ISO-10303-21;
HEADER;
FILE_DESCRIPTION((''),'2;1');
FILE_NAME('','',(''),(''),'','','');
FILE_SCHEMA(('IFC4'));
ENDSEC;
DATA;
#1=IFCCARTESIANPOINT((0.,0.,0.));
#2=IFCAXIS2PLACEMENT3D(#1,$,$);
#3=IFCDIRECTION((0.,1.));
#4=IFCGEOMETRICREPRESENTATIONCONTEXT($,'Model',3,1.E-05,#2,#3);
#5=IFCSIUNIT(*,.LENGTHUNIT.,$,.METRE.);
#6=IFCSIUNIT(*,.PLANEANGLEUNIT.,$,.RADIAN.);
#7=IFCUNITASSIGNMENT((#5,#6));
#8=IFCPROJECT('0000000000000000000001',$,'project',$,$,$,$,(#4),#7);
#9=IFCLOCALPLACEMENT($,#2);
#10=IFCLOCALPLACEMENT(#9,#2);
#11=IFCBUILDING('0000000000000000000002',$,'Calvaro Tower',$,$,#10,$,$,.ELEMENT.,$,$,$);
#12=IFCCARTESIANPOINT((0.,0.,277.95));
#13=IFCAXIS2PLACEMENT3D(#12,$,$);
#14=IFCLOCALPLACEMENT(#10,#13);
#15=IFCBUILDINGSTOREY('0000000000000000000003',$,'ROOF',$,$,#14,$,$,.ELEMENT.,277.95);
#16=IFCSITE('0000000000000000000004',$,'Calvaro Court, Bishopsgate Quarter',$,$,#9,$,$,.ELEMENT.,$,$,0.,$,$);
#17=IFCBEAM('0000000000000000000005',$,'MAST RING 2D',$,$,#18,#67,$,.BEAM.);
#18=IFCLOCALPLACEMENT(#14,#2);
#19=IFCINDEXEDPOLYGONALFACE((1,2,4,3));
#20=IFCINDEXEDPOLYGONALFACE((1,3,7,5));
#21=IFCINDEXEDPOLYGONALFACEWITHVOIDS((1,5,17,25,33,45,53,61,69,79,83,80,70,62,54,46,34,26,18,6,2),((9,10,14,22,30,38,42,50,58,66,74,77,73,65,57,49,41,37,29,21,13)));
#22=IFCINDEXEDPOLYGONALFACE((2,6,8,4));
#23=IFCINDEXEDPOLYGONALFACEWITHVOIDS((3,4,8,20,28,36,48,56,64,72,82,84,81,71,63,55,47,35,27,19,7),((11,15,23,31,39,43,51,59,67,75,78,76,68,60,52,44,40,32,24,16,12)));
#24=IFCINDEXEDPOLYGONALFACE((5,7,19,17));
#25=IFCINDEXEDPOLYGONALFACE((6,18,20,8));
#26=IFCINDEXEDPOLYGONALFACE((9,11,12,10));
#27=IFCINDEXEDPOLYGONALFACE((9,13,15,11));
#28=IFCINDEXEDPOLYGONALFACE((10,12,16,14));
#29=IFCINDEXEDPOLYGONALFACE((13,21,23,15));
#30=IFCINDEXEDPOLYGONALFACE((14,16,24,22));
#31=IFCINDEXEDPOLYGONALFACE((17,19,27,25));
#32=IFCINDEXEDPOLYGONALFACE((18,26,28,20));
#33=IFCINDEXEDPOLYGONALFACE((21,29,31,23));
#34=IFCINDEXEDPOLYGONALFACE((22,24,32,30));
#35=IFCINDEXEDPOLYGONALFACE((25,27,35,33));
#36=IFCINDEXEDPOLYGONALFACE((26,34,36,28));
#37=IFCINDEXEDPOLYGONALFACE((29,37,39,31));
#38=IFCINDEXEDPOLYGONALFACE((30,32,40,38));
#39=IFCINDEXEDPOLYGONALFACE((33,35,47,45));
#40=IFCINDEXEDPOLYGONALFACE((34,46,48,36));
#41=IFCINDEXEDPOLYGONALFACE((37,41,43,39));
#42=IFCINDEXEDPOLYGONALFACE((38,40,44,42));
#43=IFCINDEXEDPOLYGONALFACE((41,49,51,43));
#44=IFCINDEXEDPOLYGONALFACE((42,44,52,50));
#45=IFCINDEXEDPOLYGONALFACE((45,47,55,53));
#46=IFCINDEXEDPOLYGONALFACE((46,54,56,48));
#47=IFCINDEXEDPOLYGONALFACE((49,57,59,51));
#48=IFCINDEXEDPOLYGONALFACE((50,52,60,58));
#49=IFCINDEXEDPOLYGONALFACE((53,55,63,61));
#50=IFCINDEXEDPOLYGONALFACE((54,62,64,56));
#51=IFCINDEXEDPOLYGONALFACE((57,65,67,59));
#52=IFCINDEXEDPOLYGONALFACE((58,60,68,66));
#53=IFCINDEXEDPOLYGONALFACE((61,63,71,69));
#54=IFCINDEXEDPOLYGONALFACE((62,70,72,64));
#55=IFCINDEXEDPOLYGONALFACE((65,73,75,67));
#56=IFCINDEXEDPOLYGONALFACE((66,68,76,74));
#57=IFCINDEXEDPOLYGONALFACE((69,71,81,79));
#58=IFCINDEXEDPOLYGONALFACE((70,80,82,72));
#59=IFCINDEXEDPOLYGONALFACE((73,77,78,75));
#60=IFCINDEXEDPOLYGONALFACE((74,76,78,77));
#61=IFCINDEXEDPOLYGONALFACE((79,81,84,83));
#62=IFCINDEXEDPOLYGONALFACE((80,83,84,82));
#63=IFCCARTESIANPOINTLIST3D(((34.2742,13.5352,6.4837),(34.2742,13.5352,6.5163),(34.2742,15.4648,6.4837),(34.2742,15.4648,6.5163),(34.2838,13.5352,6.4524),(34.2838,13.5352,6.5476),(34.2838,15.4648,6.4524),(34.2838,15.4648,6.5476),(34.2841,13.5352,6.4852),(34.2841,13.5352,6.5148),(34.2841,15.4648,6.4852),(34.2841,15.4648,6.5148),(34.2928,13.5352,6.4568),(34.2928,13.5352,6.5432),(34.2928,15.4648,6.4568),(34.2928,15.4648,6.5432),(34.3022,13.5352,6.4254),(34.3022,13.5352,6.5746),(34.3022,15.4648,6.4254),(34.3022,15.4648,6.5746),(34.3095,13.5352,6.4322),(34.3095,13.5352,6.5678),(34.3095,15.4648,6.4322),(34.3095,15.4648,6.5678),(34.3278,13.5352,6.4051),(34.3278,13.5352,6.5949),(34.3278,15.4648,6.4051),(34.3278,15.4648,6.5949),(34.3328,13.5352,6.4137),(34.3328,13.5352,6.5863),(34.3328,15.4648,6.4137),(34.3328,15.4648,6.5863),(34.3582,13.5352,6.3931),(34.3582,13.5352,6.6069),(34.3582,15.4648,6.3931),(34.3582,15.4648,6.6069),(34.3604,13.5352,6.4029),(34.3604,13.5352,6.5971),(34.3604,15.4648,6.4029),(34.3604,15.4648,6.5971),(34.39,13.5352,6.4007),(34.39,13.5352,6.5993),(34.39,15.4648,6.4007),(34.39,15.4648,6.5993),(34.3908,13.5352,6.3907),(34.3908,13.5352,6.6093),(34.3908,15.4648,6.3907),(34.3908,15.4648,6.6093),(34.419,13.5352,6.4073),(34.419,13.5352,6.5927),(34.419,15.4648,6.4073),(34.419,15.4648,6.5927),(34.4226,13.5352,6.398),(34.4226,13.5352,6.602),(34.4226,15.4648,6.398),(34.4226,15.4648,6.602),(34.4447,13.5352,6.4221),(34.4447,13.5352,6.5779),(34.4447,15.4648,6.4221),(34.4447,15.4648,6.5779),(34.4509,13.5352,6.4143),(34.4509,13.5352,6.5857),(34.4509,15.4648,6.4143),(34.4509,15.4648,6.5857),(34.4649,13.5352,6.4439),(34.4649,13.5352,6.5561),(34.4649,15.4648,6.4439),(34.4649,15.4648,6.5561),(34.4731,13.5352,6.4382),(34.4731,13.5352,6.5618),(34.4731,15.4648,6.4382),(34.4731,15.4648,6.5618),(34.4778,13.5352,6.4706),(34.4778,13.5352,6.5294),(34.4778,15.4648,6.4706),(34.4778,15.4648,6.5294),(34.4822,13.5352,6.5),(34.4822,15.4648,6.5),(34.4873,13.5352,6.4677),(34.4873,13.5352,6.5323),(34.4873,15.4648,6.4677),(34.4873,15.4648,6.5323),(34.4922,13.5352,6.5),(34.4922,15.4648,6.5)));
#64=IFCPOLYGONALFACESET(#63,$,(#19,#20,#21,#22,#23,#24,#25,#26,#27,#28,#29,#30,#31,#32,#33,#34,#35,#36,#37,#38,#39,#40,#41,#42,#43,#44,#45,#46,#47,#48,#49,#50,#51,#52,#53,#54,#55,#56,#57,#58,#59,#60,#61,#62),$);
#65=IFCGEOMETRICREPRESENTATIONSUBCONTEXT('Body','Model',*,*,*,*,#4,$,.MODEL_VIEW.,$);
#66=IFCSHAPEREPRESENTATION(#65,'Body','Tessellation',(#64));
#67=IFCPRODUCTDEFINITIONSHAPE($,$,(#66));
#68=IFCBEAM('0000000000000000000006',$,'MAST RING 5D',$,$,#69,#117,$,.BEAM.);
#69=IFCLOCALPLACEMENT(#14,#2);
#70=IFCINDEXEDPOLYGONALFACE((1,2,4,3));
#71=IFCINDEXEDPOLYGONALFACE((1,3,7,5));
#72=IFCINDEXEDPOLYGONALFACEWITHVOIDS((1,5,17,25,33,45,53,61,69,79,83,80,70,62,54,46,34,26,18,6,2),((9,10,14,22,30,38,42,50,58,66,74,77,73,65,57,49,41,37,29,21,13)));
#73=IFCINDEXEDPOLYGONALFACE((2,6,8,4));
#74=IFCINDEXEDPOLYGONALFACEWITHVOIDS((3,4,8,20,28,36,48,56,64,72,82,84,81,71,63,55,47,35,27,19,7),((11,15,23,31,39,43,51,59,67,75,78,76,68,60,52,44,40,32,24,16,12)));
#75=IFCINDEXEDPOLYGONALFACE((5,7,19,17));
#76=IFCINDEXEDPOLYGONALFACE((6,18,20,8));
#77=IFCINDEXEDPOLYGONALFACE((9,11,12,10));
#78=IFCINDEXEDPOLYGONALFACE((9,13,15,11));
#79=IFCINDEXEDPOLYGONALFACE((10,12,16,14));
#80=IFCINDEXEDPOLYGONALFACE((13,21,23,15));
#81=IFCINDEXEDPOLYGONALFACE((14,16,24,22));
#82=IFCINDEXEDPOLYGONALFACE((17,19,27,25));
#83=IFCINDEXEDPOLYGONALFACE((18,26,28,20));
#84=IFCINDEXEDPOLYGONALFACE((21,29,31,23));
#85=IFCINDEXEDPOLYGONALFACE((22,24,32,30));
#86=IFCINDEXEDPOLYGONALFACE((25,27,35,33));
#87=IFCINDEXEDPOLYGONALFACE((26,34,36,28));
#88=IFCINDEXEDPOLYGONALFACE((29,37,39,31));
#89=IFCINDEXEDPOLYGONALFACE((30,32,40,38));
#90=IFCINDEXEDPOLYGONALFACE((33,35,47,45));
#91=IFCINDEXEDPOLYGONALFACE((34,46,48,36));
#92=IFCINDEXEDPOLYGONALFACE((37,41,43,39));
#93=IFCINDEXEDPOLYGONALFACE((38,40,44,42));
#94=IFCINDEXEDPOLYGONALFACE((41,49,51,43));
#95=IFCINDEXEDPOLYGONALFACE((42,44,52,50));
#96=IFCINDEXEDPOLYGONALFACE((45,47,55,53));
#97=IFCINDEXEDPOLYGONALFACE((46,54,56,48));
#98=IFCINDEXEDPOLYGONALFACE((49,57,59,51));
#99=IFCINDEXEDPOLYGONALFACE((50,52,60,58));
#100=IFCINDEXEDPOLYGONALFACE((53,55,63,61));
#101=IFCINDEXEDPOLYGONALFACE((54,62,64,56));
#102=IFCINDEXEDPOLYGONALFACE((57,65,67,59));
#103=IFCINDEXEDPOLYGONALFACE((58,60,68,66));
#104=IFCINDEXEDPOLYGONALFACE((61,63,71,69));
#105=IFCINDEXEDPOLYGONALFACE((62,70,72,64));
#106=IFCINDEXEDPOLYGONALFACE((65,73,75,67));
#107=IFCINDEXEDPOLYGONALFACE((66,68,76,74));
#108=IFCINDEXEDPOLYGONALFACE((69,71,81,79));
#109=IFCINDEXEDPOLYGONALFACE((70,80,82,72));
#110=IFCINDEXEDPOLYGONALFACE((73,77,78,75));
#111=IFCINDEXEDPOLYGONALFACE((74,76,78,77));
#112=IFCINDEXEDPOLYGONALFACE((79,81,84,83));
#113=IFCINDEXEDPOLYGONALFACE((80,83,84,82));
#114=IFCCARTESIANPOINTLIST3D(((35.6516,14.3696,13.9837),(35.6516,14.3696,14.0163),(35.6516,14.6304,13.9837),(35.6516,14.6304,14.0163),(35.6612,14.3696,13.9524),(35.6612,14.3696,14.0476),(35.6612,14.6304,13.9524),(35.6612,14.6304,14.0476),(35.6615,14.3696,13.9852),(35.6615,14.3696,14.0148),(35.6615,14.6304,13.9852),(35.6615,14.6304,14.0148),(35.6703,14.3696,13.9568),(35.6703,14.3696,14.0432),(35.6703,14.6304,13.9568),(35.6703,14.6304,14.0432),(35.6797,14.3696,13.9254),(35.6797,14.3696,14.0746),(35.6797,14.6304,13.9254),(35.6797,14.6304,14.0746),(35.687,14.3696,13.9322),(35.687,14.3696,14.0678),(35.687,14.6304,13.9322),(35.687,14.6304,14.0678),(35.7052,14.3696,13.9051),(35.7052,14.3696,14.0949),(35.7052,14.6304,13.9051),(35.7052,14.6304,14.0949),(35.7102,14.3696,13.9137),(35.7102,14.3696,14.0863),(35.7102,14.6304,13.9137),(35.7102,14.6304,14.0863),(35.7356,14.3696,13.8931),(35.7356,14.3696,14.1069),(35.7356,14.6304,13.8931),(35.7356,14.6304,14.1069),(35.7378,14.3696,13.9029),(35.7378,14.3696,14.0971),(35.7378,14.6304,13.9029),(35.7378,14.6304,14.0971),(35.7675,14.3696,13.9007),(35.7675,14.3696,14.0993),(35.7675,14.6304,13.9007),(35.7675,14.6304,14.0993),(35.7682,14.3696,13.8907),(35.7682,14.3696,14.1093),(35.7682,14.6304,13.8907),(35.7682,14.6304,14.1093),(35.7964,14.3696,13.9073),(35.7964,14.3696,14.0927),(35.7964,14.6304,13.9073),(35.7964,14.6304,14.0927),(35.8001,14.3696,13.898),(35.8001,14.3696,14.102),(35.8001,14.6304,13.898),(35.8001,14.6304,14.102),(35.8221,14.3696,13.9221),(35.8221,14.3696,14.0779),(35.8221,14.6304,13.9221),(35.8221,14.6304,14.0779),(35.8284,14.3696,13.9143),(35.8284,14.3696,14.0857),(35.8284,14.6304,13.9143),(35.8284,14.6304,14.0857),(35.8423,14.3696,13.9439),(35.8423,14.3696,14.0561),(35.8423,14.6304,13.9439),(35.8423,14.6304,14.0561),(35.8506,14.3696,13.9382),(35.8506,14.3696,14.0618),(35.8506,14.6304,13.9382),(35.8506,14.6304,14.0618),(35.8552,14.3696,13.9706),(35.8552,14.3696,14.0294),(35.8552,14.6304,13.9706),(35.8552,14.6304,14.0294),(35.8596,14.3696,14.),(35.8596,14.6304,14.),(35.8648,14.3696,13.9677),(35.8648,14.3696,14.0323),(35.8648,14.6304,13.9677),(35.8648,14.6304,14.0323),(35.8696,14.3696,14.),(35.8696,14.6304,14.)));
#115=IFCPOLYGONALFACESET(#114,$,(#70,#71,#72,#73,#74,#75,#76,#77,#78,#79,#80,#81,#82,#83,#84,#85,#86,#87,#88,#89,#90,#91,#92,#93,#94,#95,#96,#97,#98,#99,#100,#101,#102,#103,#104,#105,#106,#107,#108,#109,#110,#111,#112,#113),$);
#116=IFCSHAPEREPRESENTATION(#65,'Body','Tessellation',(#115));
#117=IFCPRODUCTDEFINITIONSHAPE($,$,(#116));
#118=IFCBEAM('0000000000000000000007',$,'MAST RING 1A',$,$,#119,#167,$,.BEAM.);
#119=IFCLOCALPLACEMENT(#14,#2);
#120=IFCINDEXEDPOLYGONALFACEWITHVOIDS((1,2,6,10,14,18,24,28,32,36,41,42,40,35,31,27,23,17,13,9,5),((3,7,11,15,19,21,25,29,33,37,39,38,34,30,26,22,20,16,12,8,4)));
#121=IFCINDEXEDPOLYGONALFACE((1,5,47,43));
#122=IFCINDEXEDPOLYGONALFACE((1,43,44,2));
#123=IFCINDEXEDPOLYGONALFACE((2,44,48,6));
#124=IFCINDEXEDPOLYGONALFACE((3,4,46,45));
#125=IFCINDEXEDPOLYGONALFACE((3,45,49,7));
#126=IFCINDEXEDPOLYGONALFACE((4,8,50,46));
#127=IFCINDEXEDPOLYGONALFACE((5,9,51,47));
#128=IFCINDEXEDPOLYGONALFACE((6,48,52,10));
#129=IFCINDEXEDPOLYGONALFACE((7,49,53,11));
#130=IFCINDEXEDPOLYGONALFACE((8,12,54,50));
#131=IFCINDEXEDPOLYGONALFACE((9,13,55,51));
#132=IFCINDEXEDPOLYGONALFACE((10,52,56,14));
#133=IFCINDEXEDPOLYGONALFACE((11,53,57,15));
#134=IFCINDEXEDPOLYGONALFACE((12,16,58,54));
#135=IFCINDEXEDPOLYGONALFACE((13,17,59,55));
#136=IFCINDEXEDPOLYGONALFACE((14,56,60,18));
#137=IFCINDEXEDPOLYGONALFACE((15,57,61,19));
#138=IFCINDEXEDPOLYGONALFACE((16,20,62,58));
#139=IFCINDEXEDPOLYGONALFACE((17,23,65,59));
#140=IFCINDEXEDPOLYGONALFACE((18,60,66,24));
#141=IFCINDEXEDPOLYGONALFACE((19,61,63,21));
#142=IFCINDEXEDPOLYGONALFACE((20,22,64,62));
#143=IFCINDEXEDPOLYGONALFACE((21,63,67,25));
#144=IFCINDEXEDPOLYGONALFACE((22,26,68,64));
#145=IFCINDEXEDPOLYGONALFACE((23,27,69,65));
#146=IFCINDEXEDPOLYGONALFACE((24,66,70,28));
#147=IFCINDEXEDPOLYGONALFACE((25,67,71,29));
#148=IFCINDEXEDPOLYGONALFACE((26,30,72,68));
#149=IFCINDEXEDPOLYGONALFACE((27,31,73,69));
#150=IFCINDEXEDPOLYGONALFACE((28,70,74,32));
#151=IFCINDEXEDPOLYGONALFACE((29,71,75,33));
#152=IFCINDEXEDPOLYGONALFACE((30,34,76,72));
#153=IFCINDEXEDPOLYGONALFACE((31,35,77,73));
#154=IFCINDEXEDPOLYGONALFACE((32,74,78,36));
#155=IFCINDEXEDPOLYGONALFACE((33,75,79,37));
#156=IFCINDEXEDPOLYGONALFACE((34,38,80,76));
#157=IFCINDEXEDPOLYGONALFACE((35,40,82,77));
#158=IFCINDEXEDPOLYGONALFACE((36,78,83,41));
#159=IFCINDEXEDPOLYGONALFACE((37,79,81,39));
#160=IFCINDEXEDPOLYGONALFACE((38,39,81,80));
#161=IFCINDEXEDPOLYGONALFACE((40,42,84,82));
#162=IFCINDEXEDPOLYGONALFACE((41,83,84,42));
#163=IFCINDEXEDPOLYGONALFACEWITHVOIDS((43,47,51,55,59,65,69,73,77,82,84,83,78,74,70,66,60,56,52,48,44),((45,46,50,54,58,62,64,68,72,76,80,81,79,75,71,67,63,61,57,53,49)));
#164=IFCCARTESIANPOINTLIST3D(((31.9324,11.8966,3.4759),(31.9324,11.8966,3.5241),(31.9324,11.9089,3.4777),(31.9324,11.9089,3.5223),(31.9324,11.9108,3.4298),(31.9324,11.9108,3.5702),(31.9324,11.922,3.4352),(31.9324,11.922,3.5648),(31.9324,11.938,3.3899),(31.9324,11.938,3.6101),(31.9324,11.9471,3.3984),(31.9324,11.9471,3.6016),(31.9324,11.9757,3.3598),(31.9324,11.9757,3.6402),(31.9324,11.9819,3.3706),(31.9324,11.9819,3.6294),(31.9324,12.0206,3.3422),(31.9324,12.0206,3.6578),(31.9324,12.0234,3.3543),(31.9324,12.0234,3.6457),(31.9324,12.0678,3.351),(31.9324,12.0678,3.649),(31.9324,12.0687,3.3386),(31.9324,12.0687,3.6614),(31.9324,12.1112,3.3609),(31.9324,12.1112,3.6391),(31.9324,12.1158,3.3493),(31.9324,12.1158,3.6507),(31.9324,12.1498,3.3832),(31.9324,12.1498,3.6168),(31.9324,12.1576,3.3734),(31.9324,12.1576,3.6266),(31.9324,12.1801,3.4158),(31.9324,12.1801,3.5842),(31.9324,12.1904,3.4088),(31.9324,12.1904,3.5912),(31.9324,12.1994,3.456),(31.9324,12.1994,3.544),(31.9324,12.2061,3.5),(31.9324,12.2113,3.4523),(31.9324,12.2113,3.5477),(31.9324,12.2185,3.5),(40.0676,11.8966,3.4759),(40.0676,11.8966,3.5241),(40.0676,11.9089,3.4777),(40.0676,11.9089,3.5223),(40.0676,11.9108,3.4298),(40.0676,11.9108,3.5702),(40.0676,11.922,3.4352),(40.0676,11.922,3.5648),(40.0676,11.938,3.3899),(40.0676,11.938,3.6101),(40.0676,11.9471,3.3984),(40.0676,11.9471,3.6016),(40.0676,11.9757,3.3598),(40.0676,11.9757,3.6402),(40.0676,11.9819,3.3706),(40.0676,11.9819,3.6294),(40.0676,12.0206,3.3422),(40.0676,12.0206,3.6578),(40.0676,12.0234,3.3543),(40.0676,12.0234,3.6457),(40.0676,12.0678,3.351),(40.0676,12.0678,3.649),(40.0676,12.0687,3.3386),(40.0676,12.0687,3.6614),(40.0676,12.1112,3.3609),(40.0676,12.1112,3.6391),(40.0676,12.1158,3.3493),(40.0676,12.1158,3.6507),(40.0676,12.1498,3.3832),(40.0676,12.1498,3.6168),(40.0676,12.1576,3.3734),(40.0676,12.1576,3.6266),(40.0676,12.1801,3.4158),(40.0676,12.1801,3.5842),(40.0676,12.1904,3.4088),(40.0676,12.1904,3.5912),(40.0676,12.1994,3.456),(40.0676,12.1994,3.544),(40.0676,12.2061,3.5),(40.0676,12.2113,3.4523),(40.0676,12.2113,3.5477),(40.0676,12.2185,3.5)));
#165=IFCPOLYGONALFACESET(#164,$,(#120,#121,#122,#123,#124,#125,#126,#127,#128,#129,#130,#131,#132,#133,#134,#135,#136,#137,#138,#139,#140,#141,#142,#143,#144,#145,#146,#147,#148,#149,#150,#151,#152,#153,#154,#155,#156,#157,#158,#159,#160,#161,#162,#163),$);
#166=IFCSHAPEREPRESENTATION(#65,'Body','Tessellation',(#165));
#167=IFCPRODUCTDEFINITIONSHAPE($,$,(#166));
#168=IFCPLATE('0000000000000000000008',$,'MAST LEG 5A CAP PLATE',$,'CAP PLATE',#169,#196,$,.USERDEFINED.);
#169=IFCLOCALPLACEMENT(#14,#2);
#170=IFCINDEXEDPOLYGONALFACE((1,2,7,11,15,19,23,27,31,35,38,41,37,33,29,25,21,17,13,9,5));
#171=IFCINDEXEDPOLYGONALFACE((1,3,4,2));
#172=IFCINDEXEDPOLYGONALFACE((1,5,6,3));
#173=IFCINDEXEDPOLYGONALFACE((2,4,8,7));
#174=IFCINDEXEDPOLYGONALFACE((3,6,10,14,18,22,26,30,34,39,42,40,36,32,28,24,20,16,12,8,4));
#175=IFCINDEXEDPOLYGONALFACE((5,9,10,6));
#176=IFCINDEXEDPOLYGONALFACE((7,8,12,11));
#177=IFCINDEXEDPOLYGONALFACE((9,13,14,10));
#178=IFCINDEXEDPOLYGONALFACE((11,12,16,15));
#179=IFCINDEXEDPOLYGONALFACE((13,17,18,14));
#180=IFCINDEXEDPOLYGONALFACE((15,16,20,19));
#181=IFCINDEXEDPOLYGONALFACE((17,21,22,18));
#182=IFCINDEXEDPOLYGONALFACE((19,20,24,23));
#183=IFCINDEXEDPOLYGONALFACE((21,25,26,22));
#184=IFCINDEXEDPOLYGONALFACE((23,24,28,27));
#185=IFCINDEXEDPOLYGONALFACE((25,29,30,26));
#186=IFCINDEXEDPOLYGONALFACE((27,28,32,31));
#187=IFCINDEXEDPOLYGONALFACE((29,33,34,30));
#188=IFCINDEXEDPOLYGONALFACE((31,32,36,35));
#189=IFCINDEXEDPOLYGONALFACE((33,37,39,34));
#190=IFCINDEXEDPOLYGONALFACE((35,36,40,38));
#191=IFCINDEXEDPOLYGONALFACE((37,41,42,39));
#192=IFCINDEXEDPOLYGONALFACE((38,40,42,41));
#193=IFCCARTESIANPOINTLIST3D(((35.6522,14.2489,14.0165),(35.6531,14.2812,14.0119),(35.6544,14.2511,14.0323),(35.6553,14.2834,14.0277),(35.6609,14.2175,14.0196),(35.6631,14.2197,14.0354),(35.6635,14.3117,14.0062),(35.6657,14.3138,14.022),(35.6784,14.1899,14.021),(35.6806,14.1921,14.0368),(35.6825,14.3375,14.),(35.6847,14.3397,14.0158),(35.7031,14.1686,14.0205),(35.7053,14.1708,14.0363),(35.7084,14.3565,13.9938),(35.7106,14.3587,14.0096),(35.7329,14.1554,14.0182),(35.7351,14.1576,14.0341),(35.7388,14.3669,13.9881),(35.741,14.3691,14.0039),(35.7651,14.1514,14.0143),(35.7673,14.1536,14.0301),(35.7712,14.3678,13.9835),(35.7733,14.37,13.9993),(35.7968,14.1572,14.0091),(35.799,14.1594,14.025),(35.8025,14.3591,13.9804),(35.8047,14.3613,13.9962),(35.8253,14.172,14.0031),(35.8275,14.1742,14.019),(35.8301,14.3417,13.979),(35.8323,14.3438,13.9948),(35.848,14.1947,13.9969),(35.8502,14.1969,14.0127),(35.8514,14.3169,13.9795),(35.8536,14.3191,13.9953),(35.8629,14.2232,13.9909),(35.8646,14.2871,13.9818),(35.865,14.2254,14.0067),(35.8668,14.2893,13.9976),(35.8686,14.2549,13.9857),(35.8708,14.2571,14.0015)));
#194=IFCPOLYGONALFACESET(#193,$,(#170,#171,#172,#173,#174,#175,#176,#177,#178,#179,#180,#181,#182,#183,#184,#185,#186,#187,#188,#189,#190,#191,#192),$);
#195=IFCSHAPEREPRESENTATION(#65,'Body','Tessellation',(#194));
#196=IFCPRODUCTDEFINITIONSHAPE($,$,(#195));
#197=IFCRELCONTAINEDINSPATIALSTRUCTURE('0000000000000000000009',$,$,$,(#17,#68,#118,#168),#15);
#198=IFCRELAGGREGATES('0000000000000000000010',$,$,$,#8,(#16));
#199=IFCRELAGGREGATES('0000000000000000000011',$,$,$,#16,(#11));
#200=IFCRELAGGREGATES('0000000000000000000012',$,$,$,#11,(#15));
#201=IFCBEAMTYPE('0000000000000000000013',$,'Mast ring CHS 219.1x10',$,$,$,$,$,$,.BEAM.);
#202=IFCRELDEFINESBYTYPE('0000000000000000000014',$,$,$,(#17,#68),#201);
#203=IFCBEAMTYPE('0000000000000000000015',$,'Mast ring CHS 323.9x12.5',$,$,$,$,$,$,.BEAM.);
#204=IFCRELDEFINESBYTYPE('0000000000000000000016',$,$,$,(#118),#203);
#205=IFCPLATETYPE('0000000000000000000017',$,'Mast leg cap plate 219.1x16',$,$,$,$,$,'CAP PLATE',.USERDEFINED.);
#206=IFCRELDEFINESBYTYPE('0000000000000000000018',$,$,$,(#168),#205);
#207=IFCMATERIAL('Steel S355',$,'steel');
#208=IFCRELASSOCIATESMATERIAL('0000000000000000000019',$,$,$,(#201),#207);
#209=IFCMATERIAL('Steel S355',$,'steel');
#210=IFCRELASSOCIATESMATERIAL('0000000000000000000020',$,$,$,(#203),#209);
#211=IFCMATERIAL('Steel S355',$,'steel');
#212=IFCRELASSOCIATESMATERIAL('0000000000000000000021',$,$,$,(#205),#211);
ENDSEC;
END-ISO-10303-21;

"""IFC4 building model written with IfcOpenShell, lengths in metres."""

from ifc_helpers import new_model, si_unit, direction, frame, origin, origin_2d, place, context, subcontext, project, spatial, circle, hollow_circle, extrude, material, material_profile, profile_set, type_object, element, save


model = new_model("IFC4")

# Units and contexts
model_context = context("Model", 3, precision=1e-05, world=origin(), true_north=direction((0.0, 1.0)))
body_context = subcontext(model_context, "Body", "Model", "MODEL_VIEW")
ifc_project = project(units=[si_unit("LENGTHUNIT", "METRE"), si_unit("PLANEANGLEUNIT", "RADIAN")], contexts=[model_context])

# Site, building, storey
site_placement = place(None, origin())
site = spatial("IfcSite", under=ifc_project, at=site_placement, Name="Calvaro Court, Bishopsgate Quarter", CompositionType="ELEMENT", RefElevation=0.0)
building_placement = place(site_placement, origin())
building = spatial("IfcBuilding", under=site, at=building_placement, Name="Calvaro Tower", CompositionType="ELEMENT")
storey_placement = place(building_placement, frame((0.0, 0.0, 277.95)))
storey = spatial("IfcBuildingStorey", under=building, at=storey_placement, Name="ROOF", CompositionType="ELEMENT", Elevation=277.95)

# Beams
ifc_material_1 = material(Name="Steel S355", Category="steel")
ifc_material_profile_1 = material_profile(ifc_material_1, hollow_circle(Radius=0.1096, WallThickness=0.01, at=origin_2d()), Name="CHS 219.1x10")
ifc_profile_set_1 = profile_set([ifc_material_profile_1], Name="Steel S355")
beam_type_1 = type_object("IfcBeamType", Name="Mast ring CHS 219.1x10", PredefinedType="BEAM", material=ifc_profile_set_1)
beam_1_placement = place(storey_placement, frame((34.3826, 15.4648, 6.5), z_axis=(0.0, -1.0, 0.0), x_axis=(1.0, 0.0, 0.0)))
element("IfcBeam", 1, at=beam_1_placement, inside=storey, type_object=beam_type_1, Name="MAST RING 2D", PredefinedType="BEAM", context=body_context, shape_type="SweptSolid", body=[
    extrude(hollow_circle(Radius=0.1096, WallThickness=0.01, at=origin_2d()), origin(), (0.0, 0.0, 1.0), 1.9297),
])
beam_2_placement = place(storey_placement, frame((35.76, 14.6304, 14.0), z_axis=(0.0, -1.0, 0.0), x_axis=(1.0, 0.0, 0.0)))
element("IfcBeam", 2, at=beam_2_placement, inside=storey, type_object=beam_type_1, Name="MAST RING 5D", PredefinedType="BEAM", context=body_context, shape_type="SweptSolid", body=[
    extrude(hollow_circle(Radius=0.1096, WallThickness=0.01, at=origin_2d()), origin(), (0.0, 0.0, 1.0), 0.2607),
])
ifc_material_2 = material(Name="Steel S355", Category="steel")
ifc_material_profile_2 = material_profile(ifc_material_2, hollow_circle(Radius=0.1619, WallThickness=0.0125, at=origin_2d()), Name="CHS 323.9x12.5")
ifc_profile_set_2 = profile_set([ifc_material_profile_2], Name="Steel S355")
beam_type_2 = type_object("IfcBeamType", Name="Mast ring CHS 323.9x12.5", PredefinedType="BEAM", material=ifc_profile_set_2)
beam_3_placement = place(storey_placement, frame((31.9324, 12.0566, 3.5), z_axis=(1.0, 0.0, 0.0), x_axis=(0.0, 1.0, 0.0)))
element("IfcBeam", 3, at=beam_3_placement, inside=storey, type_object=beam_type_2, Name="MAST RING 1A", PredefinedType="BEAM", context=body_context, shape_type="SweptSolid", body=[
    extrude(hollow_circle(Radius=0.1619, WallThickness=0.0125, at=origin_2d()), origin(), (0.0, 0.0, 1.0), 8.1353),
])

# Plate
ifc_material_3 = material(Name="Steel S355", Category="steel")
ifc_material_profile_3 = material_profile(ifc_material_3, circle(Radius=0.1096, at=origin_2d()), Name="CIRCLE 219.1")
ifc_profile_set_3 = profile_set([ifc_material_profile_3], Name="Steel S355")
plate_type = type_object("IfcPlateType", Name="Mast leg cap plate 219.1x16", ElementType="CAP PLATE", PredefinedType="USERDEFINED", material=ifc_profile_set_3)
for number, where, z_axis, x_axis, name in (
    (4, (35.76, 14.26, 14.0), (0.135881, 0.135881, 0.981363), (-0.707107, 0.707107, 0.0), "MAST LEG 5A CAP PLATE"),
):
    element("IfcPlate", number, at=place(storey_placement, frame(where, z_axis=z_axis, x_axis=x_axis)), inside=storey, type_object=plate_type, Name=name, ObjectType="CAP PLATE", PredefinedType="USERDEFINED", context=body_context, shape_type="SweptSolid", body=[
        extrude(circle(Radius=0.1096, at=origin_2d()), origin(), (0.0, 0.0, 1.0), 0.0161),
    ])

save(model, "model.ifc")
